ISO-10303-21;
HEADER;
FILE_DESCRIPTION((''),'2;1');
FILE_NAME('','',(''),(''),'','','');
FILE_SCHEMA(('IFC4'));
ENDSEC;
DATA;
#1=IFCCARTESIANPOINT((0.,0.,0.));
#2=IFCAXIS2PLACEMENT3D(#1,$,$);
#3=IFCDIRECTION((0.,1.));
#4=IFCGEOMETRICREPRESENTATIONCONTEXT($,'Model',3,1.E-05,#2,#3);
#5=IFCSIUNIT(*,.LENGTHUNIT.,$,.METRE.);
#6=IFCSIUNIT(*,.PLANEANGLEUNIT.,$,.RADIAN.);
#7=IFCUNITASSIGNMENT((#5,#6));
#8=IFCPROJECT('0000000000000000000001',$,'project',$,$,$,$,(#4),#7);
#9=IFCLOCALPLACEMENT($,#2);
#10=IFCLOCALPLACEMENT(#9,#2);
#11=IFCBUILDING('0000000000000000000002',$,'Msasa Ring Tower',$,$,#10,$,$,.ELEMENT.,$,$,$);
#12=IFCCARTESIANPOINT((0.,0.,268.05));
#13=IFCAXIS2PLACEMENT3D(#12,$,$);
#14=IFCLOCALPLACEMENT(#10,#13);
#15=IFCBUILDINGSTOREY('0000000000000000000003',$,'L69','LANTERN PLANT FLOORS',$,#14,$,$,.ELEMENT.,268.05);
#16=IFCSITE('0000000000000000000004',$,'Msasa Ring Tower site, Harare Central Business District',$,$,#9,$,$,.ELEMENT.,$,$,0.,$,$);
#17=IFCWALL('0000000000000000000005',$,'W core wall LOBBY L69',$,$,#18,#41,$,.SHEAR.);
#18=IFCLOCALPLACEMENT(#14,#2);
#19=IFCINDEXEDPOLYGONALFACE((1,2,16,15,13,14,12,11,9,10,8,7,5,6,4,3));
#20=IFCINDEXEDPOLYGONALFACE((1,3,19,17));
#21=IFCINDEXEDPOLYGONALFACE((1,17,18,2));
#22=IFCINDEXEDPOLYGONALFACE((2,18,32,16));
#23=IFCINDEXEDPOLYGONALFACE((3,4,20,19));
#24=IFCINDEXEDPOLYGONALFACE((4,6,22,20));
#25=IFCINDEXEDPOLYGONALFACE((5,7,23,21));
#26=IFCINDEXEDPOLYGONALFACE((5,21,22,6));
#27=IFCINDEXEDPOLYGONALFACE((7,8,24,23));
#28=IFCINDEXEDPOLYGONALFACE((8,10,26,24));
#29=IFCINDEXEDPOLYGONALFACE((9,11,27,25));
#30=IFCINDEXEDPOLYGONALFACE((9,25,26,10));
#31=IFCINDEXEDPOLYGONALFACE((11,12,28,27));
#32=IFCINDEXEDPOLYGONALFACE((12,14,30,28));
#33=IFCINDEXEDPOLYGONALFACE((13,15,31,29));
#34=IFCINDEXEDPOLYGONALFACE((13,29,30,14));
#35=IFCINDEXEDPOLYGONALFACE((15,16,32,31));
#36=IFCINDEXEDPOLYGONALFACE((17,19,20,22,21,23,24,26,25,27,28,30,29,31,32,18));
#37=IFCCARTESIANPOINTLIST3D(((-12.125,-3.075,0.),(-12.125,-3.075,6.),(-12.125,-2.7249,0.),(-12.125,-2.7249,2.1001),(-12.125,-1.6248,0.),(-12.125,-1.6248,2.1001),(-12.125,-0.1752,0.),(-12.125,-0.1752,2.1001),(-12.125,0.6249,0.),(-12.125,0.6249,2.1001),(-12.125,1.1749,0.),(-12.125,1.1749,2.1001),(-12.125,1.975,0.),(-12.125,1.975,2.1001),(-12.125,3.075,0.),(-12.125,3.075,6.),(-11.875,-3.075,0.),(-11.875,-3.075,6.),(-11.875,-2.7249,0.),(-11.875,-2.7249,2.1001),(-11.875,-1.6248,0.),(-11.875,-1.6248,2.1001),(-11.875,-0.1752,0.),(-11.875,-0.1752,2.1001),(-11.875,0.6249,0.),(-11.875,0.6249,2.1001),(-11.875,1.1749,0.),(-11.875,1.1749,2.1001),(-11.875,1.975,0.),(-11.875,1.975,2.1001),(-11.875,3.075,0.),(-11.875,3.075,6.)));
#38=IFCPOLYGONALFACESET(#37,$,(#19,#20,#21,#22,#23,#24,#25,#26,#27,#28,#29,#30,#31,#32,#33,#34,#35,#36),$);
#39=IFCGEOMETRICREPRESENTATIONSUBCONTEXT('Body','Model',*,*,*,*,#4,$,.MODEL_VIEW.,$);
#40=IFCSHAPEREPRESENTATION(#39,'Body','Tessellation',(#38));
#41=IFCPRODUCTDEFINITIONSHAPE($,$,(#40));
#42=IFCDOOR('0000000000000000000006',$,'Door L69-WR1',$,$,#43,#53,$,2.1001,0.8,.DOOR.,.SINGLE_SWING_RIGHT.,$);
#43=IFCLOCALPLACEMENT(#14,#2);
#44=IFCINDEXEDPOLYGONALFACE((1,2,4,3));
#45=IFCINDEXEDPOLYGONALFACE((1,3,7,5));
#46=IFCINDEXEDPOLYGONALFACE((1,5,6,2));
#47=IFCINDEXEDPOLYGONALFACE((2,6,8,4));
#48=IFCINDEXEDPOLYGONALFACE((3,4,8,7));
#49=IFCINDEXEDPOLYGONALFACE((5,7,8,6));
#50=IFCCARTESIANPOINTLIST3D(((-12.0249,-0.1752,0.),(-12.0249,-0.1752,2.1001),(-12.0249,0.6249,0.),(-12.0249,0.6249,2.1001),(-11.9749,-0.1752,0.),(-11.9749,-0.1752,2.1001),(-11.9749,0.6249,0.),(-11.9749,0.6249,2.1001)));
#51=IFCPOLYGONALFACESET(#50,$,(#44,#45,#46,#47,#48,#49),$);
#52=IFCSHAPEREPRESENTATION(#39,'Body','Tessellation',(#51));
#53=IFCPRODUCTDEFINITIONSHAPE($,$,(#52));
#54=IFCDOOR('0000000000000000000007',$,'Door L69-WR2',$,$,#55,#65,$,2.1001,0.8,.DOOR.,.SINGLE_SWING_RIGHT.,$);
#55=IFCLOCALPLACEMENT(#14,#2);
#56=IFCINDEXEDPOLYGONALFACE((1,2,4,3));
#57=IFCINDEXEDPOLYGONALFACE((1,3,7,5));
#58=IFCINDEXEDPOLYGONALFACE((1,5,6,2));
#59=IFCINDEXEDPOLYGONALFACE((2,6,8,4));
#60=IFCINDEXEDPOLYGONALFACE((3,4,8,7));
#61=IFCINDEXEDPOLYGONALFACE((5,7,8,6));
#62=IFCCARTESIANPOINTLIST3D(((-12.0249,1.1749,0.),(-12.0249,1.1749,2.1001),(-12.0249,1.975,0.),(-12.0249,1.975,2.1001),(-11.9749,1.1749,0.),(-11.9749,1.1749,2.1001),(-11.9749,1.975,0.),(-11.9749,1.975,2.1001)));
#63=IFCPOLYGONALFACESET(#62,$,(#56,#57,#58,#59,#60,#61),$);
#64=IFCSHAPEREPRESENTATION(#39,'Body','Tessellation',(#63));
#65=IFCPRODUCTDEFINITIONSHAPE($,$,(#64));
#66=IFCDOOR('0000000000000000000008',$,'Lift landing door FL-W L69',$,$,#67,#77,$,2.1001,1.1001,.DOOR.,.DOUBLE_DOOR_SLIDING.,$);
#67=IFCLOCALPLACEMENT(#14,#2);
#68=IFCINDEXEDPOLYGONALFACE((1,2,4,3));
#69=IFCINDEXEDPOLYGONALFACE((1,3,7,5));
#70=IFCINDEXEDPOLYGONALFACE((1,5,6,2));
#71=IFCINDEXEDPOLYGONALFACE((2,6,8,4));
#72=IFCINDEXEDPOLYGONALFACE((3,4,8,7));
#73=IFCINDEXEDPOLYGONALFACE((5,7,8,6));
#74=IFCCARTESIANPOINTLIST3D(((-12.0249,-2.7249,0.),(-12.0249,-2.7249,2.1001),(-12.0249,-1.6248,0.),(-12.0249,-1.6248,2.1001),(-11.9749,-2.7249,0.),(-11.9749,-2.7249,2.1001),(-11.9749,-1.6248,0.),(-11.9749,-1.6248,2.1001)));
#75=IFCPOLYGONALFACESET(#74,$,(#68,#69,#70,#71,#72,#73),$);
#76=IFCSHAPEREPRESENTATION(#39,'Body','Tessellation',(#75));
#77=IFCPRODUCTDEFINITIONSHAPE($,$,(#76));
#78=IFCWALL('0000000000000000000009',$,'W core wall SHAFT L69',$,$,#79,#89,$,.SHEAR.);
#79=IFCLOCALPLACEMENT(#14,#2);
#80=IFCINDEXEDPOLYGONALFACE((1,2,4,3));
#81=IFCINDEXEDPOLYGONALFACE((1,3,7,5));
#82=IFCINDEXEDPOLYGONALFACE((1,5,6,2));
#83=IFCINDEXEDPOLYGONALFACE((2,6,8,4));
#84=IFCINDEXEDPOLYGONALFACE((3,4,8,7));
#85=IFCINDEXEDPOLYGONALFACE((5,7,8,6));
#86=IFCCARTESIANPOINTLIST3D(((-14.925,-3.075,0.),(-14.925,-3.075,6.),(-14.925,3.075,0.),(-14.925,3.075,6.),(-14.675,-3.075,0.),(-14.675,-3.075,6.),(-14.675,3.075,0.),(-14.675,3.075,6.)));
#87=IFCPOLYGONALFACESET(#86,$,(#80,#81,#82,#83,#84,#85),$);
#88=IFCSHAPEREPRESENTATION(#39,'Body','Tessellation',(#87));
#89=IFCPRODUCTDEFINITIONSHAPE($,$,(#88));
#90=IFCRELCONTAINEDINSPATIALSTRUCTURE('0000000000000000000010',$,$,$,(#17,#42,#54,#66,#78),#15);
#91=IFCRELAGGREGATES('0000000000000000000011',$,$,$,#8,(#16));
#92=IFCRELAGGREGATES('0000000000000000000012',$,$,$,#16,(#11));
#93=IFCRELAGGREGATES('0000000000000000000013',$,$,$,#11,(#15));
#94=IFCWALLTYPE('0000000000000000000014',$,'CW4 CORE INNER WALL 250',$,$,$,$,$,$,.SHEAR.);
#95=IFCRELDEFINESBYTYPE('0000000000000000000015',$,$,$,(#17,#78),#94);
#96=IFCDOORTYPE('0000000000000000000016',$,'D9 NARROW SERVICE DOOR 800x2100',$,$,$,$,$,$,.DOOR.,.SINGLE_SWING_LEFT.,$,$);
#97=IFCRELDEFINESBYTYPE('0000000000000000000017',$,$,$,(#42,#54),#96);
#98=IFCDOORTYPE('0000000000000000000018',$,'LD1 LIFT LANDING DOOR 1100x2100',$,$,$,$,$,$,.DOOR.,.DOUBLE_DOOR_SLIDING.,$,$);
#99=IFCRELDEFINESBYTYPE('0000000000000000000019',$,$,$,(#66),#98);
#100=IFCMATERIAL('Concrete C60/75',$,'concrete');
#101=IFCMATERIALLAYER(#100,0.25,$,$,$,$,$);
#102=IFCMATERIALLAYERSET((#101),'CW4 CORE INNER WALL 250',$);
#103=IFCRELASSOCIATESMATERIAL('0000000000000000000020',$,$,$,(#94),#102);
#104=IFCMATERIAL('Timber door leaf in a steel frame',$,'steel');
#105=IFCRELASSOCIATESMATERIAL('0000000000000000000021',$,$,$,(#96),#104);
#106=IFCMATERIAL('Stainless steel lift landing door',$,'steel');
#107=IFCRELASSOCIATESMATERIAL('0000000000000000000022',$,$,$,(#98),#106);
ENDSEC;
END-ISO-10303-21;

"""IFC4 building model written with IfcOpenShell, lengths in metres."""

from ifc_helpers import new_model, si_unit, direction, frame, frame_2d, origin, place, context, subcontext, project, spatial, rectangle, extrude, material, layer, layer_set, type_object, element, fill, save


model = new_model("IFC4")

# Units and contexts
model_context = context("Model", 3, precision=1e-05, world=origin(), true_north=direction((0.0, 1.0)))
body_context = subcontext(model_context, "Body", "Model", "MODEL_VIEW")
ifc_project = project(units=[si_unit("LENGTHUNIT", "METRE"), si_unit("PLANEANGLEUNIT", "RADIAN")], contexts=[model_context])

# Site, building, storey
site_placement = place(None, origin())
site = spatial("IfcSite", under=ifc_project, at=site_placement, Name="Msasa Ring Tower site, Harare Central Business District", CompositionType="ELEMENT", RefElevation=0.0)
building_placement = place(site_placement, origin())
building = spatial("IfcBuilding", under=site, at=building_placement, Name="Msasa Ring Tower", CompositionType="ELEMENT")
storey_placement = place(building_placement, frame((0.0, 0.0, 268.05)))
storey = spatial("IfcBuildingStorey", under=building, at=storey_placement, Name="L69", Description="LANTERN PLANT FLOORS", CompositionType="ELEMENT", Elevation=268.05)

# Shared definitions
ifc_material_1 = material(Name="Concrete C60/75", Category="concrete")
ifc_layer_1 = layer(ifc_material_1, 0.25)
ifc_layer_set_1 = layer_set([ifc_layer_1], Name="CW4 CORE INNER WALL 250")
wall_type_1 = type_object("IfcWallType", Name="CW4 CORE INNER WALL 250", PredefinedType="SHEAR", material=ifc_layer_set_1)

# Wall, openings, doors
wall_1_placement = place(storey_placement, frame((-12.0, -3.075, 0.0), z_axis=(0.0, 0.0, 1.0), x_axis=(0.0, 1.0, 0.0)))
wall_1 = element("IfcWall", 1, at=wall_1_placement, inside=storey, type_object=wall_type_1, Name="W core wall LOBBY L69", PredefinedType="SHEAR", context=body_context, shape_type="SweptSolid", body=[
    extrude(rectangle(XDim=6.1499, YDim=0.25, at=frame_2d((3.075, 0.0))), origin(), (0.0, 0.0, 1.0), 6.0),
])
opening_1_placement = place(wall_1_placement, frame((2.8999, 0.0, 0.0)))
opening_1 = element("IfcOpeningElement", 2, at=opening_1_placement, cuts=wall_1, PredefinedType="OPENING", context=body_context, shape_type="SweptSolid", body=[
    extrude(rectangle(XDim=0.8, YDim=2.1001, at=frame_2d((0.3999, 1.05))), frame((0.0, 0.135, 0.0), z_axis=(0.0, -1.0, 0.0), x_axis=(1.0, 0.0, 0.0)), (0.0, 0.0, 1.0), 0.27),
])
opening_2_placement = place(wall_1_placement, frame((4.25, 0.0, 0.0)))
opening_2 = element("IfcOpeningElement", 3, at=opening_2_placement, cuts=wall_1, PredefinedType="OPENING", context=body_context, shape_type="SweptSolid", body=[
    extrude(rectangle(XDim=0.8, YDim=2.1001, at=frame_2d((0.3999, 1.05))), frame((0.0, 0.135, 0.0), z_axis=(0.0, -1.0, 0.0), x_axis=(1.0, 0.0, 0.0)), (0.0, 0.0, 1.0), 0.27),
])
opening_3_placement = place(wall_1_placement, frame((0.3501, 0.0, 0.0)))
opening_3 = element("IfcOpeningElement", 4, at=opening_3_placement, cuts=wall_1, PredefinedType="OPENING", context=body_context, shape_type="SweptSolid", body=[
    extrude(rectangle(XDim=1.1001, YDim=2.1001, at=frame_2d((0.55, 1.05))), frame((0.0, 0.135, 0.0), z_axis=(0.0, -1.0, 0.0), x_axis=(1.0, 0.0, 0.0)), (0.0, 0.0, 1.0), 0.27),
])
ifc_material_2 = material(Name="Timber door leaf in a steel frame", Category="steel")
door_type_1 = type_object("IfcDoorType", Name="D9 NARROW SERVICE DOOR 800x2100", OperationType="SINGLE_SWING_LEFT", PredefinedType="DOOR", material=ifc_material_2)
door_1_placement = place(opening_1_placement, origin())
door_1 = element("IfcDoor", 5, at=door_1_placement, inside=storey, type_object=door_type_1, Name="Door L69-WR1", OperationType="SINGLE_SWING_RIGHT", OverallHeight=2.1001, OverallWidth=0.8, PredefinedType="DOOR", context=body_context, shape_type="SweptSolid", body=[
    extrude(rectangle(XDim=0.8, YDim=2.1001, at=frame_2d((0.3999, 1.05))), frame((0.0, 0.0249, 0.0), z_axis=(0.0, -1.0, 0.0), x_axis=(1.0, 0.0, 0.0)), (0.0, 0.0, 1.0), 0.05),
])
fill(opening_1, door_1)
door_2_placement = place(opening_2_placement, origin())
door_2 = element("IfcDoor", 6, at=door_2_placement, inside=storey, type_object=door_type_1, Name="Door L69-WR2", OperationType="SINGLE_SWING_RIGHT", OverallHeight=2.1001, OverallWidth=0.8, PredefinedType="DOOR", context=body_context, shape_type="SweptSolid", body=[
    extrude(rectangle(XDim=0.8, YDim=2.1001, at=frame_2d((0.3999, 1.05))), frame((0.0, 0.0249, 0.0), z_axis=(0.0, -1.0, 0.0), x_axis=(1.0, 0.0, 0.0)), (0.0, 0.0, 1.0), 0.05),
])
fill(opening_2, door_2)
ifc_material_3 = material(Name="Stainless steel lift landing door", Category="steel")
door_type_2 = type_object("IfcDoorType", Name="LD1 LIFT LANDING DOOR 1100x2100", OperationType="DOUBLE_DOOR_SLIDING", PredefinedType="DOOR", material=ifc_material_3)
door_3_placement = place(opening_3_placement, origin())
door_3 = element("IfcDoor", 7, at=door_3_placement, inside=storey, type_object=door_type_2, Name="Lift landing door FL-W L69", OperationType="DOUBLE_DOOR_SLIDING", OverallHeight=2.1001, OverallWidth=1.1001, PredefinedType="DOOR", context=body_context, shape_type="SweptSolid", body=[
    extrude(rectangle(XDim=1.1001, YDim=2.1001, at=frame_2d((0.55, 1.05))), frame((0.0, 0.0249, 0.0), z_axis=(0.0, -1.0, 0.0), x_axis=(1.0, 0.0, 0.0)), (0.0, 0.0, 1.0), 0.05),
])
fill(opening_3, door_3)

# Wall
wall_2_placement = place(storey_placement, frame((-14.8, -3.075, 0.0), z_axis=(0.0, 0.0, 1.0), x_axis=(0.0, 1.0, 0.0)))
element("IfcWall", 8, at=wall_2_placement, inside=storey, type_object=wall_type_1, Name="W core wall SHAFT L69", PredefinedType="SHEAR", context=body_context, shape_type="SweptSolid", body=[
    extrude(rectangle(XDim=6.1499, YDim=0.25, at=frame_2d((3.075, 0.0))), origin(), (0.0, 0.0, 1.0), 6.0),
])

save(model, "model.ifc")
